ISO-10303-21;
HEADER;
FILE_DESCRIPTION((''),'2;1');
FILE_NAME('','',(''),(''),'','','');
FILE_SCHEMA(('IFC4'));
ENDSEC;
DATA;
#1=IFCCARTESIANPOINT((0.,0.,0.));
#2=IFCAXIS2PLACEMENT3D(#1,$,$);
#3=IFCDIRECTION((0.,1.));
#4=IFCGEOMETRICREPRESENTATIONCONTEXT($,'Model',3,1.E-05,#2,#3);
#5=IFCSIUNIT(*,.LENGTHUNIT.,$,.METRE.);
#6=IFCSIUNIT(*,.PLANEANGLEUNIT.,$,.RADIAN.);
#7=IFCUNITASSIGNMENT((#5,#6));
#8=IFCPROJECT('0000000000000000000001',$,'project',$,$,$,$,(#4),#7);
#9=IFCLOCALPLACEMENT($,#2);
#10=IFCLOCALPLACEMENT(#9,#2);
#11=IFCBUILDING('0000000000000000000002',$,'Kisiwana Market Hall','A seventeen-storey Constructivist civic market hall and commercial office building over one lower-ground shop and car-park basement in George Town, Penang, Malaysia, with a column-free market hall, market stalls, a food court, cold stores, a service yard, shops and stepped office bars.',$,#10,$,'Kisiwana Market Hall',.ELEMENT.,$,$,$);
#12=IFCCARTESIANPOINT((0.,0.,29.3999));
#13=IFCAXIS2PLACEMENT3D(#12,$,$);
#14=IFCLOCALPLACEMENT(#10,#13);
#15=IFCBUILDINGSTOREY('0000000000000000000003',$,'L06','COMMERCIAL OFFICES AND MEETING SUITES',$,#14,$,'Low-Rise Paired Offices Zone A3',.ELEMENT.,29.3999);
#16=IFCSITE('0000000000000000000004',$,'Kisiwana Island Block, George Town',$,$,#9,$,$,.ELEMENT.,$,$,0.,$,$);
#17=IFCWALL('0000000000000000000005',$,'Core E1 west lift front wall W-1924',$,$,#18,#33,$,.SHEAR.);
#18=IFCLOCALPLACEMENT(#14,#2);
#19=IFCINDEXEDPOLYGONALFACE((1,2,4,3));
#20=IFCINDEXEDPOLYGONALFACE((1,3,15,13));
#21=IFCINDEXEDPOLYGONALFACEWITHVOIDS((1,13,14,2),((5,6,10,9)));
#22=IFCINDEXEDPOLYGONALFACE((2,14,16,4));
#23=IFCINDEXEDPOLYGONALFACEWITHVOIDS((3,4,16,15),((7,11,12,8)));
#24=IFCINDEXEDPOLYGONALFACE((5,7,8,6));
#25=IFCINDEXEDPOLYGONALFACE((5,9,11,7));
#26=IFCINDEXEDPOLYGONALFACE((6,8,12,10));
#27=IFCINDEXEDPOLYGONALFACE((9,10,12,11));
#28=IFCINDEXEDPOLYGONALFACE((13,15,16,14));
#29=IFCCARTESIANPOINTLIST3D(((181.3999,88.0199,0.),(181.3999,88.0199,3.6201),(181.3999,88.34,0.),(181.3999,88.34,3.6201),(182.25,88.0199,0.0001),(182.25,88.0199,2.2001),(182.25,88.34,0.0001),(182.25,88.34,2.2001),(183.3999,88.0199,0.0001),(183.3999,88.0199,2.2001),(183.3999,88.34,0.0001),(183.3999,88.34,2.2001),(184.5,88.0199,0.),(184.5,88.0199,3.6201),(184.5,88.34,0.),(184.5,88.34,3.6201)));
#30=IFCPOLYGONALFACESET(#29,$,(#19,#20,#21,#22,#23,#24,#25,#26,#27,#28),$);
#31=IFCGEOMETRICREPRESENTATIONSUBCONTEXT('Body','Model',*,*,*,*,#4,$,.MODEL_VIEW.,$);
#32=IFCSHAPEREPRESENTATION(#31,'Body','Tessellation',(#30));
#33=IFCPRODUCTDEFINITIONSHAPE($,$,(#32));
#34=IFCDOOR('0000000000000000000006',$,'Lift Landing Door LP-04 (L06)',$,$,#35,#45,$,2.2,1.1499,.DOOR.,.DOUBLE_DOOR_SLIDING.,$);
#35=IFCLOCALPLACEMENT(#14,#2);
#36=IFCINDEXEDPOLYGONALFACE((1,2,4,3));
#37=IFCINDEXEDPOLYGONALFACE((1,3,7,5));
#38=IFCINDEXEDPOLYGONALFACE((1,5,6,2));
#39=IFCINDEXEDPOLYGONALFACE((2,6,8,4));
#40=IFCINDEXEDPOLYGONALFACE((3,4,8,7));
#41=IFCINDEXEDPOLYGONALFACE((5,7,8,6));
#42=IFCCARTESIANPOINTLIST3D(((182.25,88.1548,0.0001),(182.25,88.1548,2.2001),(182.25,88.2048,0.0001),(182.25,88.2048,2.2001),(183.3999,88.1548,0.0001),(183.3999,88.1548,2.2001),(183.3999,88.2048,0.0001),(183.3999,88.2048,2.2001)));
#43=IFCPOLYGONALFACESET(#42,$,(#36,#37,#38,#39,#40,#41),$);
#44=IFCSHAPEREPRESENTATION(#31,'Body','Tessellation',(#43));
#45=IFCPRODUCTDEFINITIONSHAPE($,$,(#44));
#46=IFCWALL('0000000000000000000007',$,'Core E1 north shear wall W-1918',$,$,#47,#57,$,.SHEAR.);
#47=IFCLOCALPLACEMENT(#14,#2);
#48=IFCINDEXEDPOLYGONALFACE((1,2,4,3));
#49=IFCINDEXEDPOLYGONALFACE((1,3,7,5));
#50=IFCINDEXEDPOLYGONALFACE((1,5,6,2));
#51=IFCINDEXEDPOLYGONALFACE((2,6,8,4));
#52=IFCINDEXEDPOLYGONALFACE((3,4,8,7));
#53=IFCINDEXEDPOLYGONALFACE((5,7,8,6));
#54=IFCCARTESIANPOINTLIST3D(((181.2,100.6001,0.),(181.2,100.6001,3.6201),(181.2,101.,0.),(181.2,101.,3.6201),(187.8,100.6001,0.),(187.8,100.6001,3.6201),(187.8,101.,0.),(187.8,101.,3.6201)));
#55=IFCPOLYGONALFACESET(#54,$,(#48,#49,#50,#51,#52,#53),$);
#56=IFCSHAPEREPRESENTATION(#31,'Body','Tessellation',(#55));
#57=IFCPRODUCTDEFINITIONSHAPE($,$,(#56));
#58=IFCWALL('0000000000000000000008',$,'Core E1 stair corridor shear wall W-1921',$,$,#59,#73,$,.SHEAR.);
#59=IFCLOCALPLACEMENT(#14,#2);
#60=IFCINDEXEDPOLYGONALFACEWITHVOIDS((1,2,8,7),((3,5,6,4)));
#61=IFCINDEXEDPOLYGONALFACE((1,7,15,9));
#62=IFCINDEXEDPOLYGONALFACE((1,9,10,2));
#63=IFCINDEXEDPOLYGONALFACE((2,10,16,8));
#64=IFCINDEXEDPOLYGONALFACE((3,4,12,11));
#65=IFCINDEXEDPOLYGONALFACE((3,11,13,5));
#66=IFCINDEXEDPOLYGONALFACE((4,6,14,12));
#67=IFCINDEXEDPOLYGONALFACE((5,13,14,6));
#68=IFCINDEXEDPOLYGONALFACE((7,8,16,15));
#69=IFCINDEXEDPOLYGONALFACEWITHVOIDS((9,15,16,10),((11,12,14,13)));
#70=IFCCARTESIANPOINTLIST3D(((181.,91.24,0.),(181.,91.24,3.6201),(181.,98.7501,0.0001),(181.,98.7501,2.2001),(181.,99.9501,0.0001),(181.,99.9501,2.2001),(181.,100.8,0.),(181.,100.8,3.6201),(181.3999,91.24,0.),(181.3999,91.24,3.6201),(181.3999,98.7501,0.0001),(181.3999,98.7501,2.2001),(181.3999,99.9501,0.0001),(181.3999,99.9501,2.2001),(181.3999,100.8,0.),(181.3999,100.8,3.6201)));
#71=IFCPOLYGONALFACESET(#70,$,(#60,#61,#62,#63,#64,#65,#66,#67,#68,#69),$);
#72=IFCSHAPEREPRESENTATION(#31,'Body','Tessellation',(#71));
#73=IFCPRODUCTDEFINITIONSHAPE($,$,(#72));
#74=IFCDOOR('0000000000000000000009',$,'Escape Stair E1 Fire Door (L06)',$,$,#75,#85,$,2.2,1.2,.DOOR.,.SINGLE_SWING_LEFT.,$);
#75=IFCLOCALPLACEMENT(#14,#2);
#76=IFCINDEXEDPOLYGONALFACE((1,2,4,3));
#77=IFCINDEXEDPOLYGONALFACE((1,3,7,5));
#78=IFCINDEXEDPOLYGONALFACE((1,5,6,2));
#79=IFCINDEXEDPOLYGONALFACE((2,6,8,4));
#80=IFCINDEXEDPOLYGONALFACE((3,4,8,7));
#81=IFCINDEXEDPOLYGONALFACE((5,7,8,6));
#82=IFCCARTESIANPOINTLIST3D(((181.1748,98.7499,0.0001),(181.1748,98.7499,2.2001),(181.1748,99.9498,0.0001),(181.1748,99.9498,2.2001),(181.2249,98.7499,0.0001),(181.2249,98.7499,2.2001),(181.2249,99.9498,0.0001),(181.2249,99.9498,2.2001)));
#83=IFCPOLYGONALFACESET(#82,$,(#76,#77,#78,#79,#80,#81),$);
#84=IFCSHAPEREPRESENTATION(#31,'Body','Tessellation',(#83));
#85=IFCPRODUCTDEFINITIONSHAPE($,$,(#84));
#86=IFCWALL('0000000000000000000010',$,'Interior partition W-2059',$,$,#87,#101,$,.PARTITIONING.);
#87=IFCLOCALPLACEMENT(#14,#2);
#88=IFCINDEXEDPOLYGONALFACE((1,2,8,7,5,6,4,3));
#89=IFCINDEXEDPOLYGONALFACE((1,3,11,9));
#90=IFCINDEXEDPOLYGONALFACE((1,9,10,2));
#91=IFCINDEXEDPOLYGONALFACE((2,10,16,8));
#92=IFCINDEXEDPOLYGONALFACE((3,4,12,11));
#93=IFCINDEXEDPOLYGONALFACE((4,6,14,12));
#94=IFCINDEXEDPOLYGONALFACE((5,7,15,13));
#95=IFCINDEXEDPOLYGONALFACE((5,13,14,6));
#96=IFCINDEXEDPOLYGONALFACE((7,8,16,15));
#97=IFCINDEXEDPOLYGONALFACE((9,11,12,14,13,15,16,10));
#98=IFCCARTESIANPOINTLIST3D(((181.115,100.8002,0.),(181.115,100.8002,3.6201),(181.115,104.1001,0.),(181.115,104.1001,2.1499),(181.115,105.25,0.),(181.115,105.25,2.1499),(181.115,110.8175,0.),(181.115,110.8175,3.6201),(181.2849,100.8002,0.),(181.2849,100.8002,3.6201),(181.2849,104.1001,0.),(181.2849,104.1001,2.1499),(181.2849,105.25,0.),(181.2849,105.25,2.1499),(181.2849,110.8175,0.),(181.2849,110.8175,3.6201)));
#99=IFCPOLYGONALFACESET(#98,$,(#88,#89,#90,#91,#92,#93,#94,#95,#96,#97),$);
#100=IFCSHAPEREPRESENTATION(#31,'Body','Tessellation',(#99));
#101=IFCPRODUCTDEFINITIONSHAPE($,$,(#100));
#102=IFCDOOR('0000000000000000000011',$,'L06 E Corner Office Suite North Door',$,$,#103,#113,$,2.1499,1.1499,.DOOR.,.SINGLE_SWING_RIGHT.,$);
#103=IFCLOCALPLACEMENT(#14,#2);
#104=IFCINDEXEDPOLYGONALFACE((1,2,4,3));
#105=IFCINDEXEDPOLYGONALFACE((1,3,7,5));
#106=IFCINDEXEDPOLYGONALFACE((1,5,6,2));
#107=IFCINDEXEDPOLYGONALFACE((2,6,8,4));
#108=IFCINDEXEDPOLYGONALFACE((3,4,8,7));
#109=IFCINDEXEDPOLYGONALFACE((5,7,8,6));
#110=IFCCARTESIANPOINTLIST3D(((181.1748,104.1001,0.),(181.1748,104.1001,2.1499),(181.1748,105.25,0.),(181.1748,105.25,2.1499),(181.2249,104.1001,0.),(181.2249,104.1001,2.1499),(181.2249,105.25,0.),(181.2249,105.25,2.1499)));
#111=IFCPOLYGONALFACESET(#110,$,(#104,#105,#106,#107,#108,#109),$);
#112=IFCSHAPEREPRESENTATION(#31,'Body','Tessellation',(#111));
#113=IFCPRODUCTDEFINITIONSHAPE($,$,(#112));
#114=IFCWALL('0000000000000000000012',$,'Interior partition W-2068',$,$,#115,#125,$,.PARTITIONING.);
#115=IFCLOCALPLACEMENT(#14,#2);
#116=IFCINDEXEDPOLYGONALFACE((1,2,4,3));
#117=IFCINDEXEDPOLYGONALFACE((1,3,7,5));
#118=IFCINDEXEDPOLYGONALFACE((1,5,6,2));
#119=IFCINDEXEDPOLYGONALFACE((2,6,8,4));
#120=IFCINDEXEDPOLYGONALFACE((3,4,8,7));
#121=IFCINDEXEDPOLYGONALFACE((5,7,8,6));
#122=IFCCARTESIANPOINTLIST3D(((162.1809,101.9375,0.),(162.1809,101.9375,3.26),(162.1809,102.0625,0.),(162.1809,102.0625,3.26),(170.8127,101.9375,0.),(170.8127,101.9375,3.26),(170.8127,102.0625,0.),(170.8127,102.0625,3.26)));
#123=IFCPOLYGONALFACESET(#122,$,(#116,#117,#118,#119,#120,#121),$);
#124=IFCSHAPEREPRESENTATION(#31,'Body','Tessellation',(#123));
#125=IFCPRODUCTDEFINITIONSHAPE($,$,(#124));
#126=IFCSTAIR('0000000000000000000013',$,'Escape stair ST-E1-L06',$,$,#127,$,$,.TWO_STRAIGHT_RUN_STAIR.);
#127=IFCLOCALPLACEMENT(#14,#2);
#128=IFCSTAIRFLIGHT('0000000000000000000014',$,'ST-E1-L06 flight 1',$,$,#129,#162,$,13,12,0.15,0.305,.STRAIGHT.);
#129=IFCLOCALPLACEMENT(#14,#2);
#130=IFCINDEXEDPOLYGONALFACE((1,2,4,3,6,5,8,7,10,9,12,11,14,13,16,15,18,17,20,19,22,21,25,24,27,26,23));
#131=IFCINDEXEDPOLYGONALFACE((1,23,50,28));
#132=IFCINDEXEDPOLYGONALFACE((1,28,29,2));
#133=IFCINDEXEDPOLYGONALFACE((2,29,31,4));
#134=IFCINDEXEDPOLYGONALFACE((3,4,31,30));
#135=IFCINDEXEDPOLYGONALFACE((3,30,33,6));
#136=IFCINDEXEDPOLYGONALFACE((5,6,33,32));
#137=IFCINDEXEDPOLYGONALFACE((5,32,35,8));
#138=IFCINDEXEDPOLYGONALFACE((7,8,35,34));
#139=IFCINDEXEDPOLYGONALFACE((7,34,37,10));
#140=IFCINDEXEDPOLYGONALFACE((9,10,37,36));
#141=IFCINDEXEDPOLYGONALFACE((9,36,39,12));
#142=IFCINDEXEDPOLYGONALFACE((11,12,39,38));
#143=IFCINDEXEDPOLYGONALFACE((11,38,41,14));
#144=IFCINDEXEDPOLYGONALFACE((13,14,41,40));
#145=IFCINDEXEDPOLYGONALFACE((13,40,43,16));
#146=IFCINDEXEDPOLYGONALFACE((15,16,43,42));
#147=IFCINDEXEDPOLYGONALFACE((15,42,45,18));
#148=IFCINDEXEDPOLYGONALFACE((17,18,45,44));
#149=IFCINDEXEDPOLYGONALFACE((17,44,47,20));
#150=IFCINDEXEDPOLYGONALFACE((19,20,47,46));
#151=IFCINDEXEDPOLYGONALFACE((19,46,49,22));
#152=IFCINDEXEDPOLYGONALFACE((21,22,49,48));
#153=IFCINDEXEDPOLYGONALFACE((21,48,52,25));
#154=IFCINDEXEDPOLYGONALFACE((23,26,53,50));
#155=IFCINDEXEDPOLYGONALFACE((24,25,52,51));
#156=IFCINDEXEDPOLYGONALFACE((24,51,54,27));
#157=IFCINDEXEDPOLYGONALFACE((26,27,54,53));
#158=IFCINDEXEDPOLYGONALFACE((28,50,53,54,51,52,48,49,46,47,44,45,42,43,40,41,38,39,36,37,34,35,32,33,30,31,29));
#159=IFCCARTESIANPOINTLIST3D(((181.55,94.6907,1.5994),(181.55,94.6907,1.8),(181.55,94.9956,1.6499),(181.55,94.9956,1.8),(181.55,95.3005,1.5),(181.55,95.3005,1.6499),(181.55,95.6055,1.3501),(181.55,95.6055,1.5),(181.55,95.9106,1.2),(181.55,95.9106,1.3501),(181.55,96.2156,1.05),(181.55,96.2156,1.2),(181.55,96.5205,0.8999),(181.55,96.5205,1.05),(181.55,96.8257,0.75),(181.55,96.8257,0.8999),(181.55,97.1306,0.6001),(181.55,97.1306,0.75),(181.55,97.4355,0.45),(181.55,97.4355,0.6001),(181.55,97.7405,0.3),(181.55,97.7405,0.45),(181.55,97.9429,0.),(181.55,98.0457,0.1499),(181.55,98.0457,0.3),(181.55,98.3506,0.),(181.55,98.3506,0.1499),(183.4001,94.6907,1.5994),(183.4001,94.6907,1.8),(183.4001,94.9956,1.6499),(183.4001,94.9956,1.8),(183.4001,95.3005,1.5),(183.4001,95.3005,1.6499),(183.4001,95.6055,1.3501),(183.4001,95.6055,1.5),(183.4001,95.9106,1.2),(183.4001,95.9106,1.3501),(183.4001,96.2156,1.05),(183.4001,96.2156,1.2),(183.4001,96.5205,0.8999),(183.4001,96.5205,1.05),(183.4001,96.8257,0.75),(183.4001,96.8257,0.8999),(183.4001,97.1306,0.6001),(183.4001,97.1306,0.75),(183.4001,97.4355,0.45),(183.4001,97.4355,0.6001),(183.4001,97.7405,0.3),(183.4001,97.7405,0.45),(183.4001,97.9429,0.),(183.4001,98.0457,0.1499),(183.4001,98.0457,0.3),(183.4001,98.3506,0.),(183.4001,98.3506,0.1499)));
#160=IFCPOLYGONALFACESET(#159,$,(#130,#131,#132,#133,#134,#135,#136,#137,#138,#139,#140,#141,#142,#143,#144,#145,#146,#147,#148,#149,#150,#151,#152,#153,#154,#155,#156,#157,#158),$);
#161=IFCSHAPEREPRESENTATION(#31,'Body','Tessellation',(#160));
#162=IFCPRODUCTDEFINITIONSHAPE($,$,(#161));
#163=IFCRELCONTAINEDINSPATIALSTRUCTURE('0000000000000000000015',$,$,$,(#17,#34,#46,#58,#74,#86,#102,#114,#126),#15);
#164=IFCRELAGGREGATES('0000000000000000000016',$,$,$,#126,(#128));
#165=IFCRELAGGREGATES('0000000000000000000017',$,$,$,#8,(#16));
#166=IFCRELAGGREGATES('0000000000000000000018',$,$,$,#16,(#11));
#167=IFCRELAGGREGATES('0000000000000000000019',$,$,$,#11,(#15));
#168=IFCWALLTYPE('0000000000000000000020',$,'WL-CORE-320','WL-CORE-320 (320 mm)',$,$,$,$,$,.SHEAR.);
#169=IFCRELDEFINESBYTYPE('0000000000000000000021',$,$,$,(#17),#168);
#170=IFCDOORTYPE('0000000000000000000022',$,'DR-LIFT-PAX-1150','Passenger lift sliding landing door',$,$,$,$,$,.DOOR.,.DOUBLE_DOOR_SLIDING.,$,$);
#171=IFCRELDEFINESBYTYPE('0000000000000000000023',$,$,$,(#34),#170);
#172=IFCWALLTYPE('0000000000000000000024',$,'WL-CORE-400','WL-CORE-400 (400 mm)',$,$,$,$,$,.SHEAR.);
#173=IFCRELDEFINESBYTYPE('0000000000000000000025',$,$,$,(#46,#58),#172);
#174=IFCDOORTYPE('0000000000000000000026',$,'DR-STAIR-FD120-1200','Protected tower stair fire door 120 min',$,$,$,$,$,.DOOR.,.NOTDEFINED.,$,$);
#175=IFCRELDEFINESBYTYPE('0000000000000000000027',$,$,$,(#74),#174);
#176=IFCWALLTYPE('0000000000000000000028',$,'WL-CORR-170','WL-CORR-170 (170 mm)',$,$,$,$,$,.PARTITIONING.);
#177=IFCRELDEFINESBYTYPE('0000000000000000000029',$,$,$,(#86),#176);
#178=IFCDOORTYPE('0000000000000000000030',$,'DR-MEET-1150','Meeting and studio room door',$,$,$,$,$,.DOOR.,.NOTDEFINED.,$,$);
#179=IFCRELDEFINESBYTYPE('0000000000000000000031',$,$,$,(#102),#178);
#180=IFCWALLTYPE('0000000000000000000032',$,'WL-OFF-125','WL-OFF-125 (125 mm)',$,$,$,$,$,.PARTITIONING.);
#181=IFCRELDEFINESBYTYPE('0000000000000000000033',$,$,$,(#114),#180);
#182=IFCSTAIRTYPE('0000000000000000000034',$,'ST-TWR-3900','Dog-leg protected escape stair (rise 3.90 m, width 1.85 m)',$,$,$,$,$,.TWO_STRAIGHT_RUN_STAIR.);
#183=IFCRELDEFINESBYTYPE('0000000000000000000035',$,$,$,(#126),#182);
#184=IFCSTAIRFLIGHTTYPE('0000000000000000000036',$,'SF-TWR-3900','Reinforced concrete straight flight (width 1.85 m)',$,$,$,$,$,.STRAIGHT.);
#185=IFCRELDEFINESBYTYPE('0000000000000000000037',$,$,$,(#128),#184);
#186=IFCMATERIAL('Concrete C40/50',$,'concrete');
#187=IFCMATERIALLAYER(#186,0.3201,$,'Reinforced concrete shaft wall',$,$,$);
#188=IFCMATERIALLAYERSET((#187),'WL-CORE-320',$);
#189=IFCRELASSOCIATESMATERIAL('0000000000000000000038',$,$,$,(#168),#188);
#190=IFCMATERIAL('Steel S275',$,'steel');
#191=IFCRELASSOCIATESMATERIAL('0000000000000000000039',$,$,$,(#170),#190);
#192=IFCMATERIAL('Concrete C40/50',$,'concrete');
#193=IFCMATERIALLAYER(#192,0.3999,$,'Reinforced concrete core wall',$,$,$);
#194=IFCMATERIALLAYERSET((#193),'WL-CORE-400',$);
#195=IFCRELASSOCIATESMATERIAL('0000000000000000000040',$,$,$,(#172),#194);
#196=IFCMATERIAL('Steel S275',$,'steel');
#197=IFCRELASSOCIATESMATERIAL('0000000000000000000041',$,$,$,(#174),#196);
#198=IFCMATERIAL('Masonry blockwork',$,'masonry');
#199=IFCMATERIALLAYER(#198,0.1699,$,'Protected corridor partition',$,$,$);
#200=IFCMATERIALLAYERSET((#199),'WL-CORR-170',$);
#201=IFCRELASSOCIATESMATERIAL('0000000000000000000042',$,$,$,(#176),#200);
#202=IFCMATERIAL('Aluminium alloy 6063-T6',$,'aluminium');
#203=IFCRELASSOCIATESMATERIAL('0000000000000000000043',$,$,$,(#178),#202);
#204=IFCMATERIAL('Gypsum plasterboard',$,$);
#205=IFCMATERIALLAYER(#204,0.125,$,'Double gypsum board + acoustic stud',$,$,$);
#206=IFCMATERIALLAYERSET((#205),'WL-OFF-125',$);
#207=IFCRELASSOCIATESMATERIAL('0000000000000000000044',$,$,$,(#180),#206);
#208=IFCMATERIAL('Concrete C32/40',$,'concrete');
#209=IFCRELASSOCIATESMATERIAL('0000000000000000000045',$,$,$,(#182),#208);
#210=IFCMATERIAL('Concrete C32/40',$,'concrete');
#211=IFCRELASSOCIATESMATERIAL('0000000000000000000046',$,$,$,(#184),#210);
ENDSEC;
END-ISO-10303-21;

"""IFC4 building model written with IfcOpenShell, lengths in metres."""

from ifc_helpers import new_model, si_unit, direction, frame, frame_2d, origin, place, context, subcontext, project, spatial, polyline, rectangle, outline, extrude, material, layer, layer_set, type_object, element, fill, aggregate, save


model = new_model("IFC4")

# Units and contexts
model_context = context("Model", 3, precision=1e-05, world=origin(), true_north=direction((0.0, 1.0)))
body_context = subcontext(model_context, "Body", "Model", "MODEL_VIEW")
ifc_project = project(units=[si_unit("LENGTHUNIT", "METRE"), si_unit("PLANEANGLEUNIT", "RADIAN")], contexts=[model_context])

# Site, building, storey
site_placement = place(None, origin())
site = spatial("IfcSite", under=ifc_project, at=site_placement, Name="Kisiwana Island Block, George Town", CompositionType="ELEMENT", RefElevation=0.0)
building_placement = place(site_placement, origin())
building = spatial("IfcBuilding", under=site, at=building_placement, Name="Kisiwana Market Hall", Description="A seventeen-storey Constructivist civic market hall and commercial office building over one lower-ground shop and car-park basement in George Town, Penang, Malaysia, with a column-free market hall, market stalls, a food court, cold stores, a service yard, shops and stepped office bars.", LongName="Kisiwana Market Hall", CompositionType="ELEMENT")
storey_placement = place(building_placement, frame((0.0, 0.0, 29.3999)))
storey = spatial("IfcBuildingStorey", under=building, at=storey_placement, Name="L06", Description="COMMERCIAL OFFICES AND MEETING SUITES", LongName="Low-Rise Paired Offices Zone A3", CompositionType="ELEMENT", Elevation=29.3999)

# Shared definitions
ifc_material_1 = material(Name="Concrete C40/50", Category="concrete")
ifc_layer_1 = layer(ifc_material_1, 0.3201, Name="Reinforced concrete shaft wall")
ifc_layer_set_1 = layer_set([ifc_layer_1], Name="WL-CORE-320")
wall_type_1 = type_object("IfcWallType", Name="WL-CORE-320", Description="WL-CORE-320 (320 mm)", PredefinedType="SHEAR", material=ifc_layer_set_1)

# Wall, opening, door
wall_1_placement = place(storey_placement, frame((181.3999, 88.1799, 0.0), z_axis=(0.0, 0.0, 1.0), x_axis=(1.0, 0.0, 0.0)))
wall_1 = element("IfcWall", 1, at=wall_1_placement, inside=storey, type_object=wall_type_1, Name="Core E1 west lift front wall W-1924", PredefinedType="SHEAR", context=body_context, shape_type="SweptSolid", body=[
    extrude(rectangle(XDim=3.1001, YDim=0.3201, at=frame_2d((1.55, 0.0))), origin(), (0.0, 0.0, 1.0), 3.6201),
])
opening_1_placement = place(wall_1_placement, frame((0.8501, 0.0, 0.0)))
opening_1 = element("IfcOpeningElement", 2, at=opening_1_placement, cuts=wall_1, PredefinedType="OPENING", context=body_context, shape_type="SweptSolid", body=[
    extrude(rectangle(XDim=1.1499, YDim=2.2, at=frame_2d((0.575, 1.1001))), frame((0.0, 0.1719, 0.0), z_axis=(0.0, -1.0, 0.0), x_axis=(1.0, 0.0, 0.0)), (0.0, 0.0, 1.0), 0.344),
])
ifc_material_2 = material(Name="Steel S275", Category="steel")
door_type_1 = type_object("IfcDoorType", Name="DR-LIFT-PAX-1150", Description="Passenger lift sliding landing door", OperationType="DOUBLE_DOOR_SLIDING", PredefinedType="DOOR", material=ifc_material_2)
door_1_placement = place(opening_1_placement, origin())
door_1 = element("IfcDoor", 3, at=door_1_placement, inside=storey, type_object=door_type_1, Name="Lift Landing Door LP-04 (L06)", OperationType="DOUBLE_DOOR_SLIDING", OverallHeight=2.2, OverallWidth=1.1499, PredefinedType="DOOR", context=body_context, shape_type="SweptSolid", body=[
    extrude(rectangle(XDim=1.1499, YDim=2.2, at=frame_2d((0.575, 1.1001))), frame((0.0, 0.0249, 0.0), z_axis=(0.0, -1.0, 0.0), x_axis=(1.0, 0.0, 0.0)), (0.0, 0.0, 1.0), 0.05),
])
fill(opening_1, door_1)

# Wall
ifc_material_3 = material(Name="Concrete C40/50", Category="concrete")
ifc_layer_2 = layer(ifc_material_3, 0.3999, Name="Reinforced concrete core wall")
ifc_layer_set_2 = layer_set([ifc_layer_2], Name="WL-CORE-400")
wall_type_2 = type_object("IfcWallType", Name="WL-CORE-400", Description="WL-CORE-400 (400 mm)", PredefinedType="SHEAR", material=ifc_layer_set_2)
wall_2_placement = place(storey_placement, frame((181.2, 100.8, 0.0), z_axis=(0.0, 0.0, 1.0), x_axis=(1.0, 0.0, 0.0)))
element("IfcWall", 4, at=wall_2_placement, inside=storey, type_object=wall_type_2, Name="Core E1 north shear wall W-1918", PredefinedType="SHEAR", context=body_context, shape_type="SweptSolid", body=[
    extrude(rectangle(XDim=6.6001, YDim=0.3999, at=frame_2d((3.3, 0.0))), origin(), (0.0, 0.0, 1.0), 3.6201),
])

# Walls, openings, doors
wall_3_placement = place(storey_placement, frame((181.2, 91.24, 0.0), z_axis=(0.0, 0.0, 1.0), x_axis=(0.0, 1.0, 0.0)))
wall_3 = element("IfcWall", 5, at=wall_3_placement, inside=storey, type_object=wall_type_2, Name="Core E1 stair corridor shear wall W-1921", PredefinedType="SHEAR", context=body_context, shape_type="SweptSolid", body=[
    extrude(rectangle(XDim=9.5601, YDim=0.3999, at=frame_2d((4.78, 0.0))), origin(), (0.0, 0.0, 1.0), 3.6201),
])
opening_2_placement = place(wall_3_placement, frame((7.51, 0.0, 0.0)))
opening_2 = element("IfcOpeningElement", 6, at=opening_2_placement, cuts=wall_3, PredefinedType="OPENING", context=body_context, shape_type="SweptSolid", body=[
    extrude(rectangle(XDim=1.2, YDim=2.2, at=frame_2d((0.6001, 1.1001))), frame((0.0, 0.2119, 0.0), z_axis=(0.0, -1.0, 0.0), x_axis=(1.0, 0.0, 0.0)), (0.0, 0.0, 1.0), 0.4238),
])
ifc_material_4 = material(Name="Steel S275", Category="steel")
door_type_2 = type_object("IfcDoorType", Name="DR-STAIR-FD120-1200", Description="Protected tower stair fire door 120 min", OperationType="NOTDEFINED", PredefinedType="DOOR", material=ifc_material_4)
door_2_placement = place(opening_2_placement, frame((1.2, 0.0, 0.0), z_axis=(0.0, 0.0, 1.0), x_axis=(-1.0, 0.0, 0.0)))
door_2 = element("IfcDoor", 7, at=door_2_placement, inside=storey, type_object=door_type_2, Name="Escape Stair E1 Fire Door (L06)", OperationType="SINGLE_SWING_LEFT", OverallHeight=2.2, OverallWidth=1.2, PredefinedType="DOOR", context=body_context, shape_type="SweptSolid", body=[
    extrude(rectangle(XDim=1.2, YDim=2.2, at=frame_2d((0.6001, 1.1001))), frame((0.0, 0.0249, 0.0), z_axis=(0.0, -1.0, 0.0), x_axis=(1.0, 0.0, 0.0)), (0.0, 0.0, 1.0), 0.05),
])
fill(opening_2, door_2)
ifc_material_5 = material(Name="Masonry blockwork", Category="masonry")
ifc_layer_3 = layer(ifc_material_5, 0.1699, Name="Protected corridor partition")
ifc_layer_set_3 = layer_set([ifc_layer_3], Name="WL-CORR-170")
wall_type_3 = type_object("IfcWallType", Name="WL-CORR-170", Description="WL-CORR-170 (170 mm)", PredefinedType="PARTITIONING", material=ifc_layer_set_3)
wall_4_placement = place(storey_placement, frame((181.2, 100.8, 0.0), z_axis=(0.0, 0.0, 1.0), x_axis=(0.0, 1.0, 0.0)))
wall_4 = element("IfcWall", 8, at=wall_4_placement, inside=storey, type_object=wall_type_3, Name="Interior partition W-2059", PredefinedType="PARTITIONING", context=body_context, shape_type="SweptSolid", body=[
    extrude(rectangle(XDim=10.0173, YDim=0.1699, at=frame_2d((5.0088, 0.0))), origin(), (0.0, 0.0, 1.0), 3.6201),
])
opening_3_placement = place(wall_4_placement, frame((3.3, 0.0, 0.0)))
opening_3 = element("IfcOpeningElement", 9, at=opening_3_placement, cuts=wall_4, PredefinedType="OPENING", context=body_context, shape_type="SweptSolid", body=[
    extrude(rectangle(XDim=1.1499, YDim=2.1499, at=frame_2d((0.575, 1.075))), frame((0.0, 0.0969, 0.0), z_axis=(0.0, -1.0, 0.0), x_axis=(1.0, 0.0, 0.0)), (0.0, 0.0, 1.0), 0.1938),
])
ifc_material_6 = material(Name="Aluminium alloy 6063-T6", Category="aluminium")
door_type_3 = type_object("IfcDoorType", Name="DR-MEET-1150", Description="Meeting and studio room door", OperationType="NOTDEFINED", PredefinedType="DOOR", material=ifc_material_6)
door_3_placement = place(opening_3_placement, frame((1.1499, 0.0, 0.0), z_axis=(0.0, 0.0, 1.0), x_axis=(-1.0, 0.0, 0.0)))
door_3 = element("IfcDoor", 10, at=door_3_placement, inside=storey, type_object=door_type_3, Name="L06 E Corner Office Suite North Door", OperationType="SINGLE_SWING_RIGHT", OverallHeight=2.1499, OverallWidth=1.1499, PredefinedType="DOOR", context=body_context, shape_type="SweptSolid", body=[
    extrude(rectangle(XDim=1.1499, YDim=2.1499, at=frame_2d((0.575, 1.075))), frame((0.0, 0.0249, 0.0), z_axis=(0.0, -1.0, 0.0), x_axis=(1.0, 0.0, 0.0)), (0.0, 0.0, 1.0), 0.05),
])
fill(opening_3, door_3)

# Wall
ifc_material_7 = material(Name="Gypsum plasterboard")
ifc_layer_4 = layer(ifc_material_7, 0.125, Name="Double gypsum board + acoustic stud")
ifc_layer_set_4 = layer_set([ifc_layer_4], Name="WL-OFF-125")
wall_type_4 = type_object("IfcWallType", Name="WL-OFF-125", Description="WL-OFF-125 (125 mm)", PredefinedType="PARTITIONING", material=ifc_layer_set_4)
wall_5_placement = place(storey_placement, frame((162.1809, 102.0, 0.0), z_axis=(0.0, 0.0, 1.0), x_axis=(1.0, 0.0, 0.0)))
element("IfcWall", 11, at=wall_5_placement, inside=storey, type_object=wall_type_4, Name="Interior partition W-2068", PredefinedType="PARTITIONING", context=body_context, shape_type="SweptSolid", body=[
    extrude(rectangle(XDim=8.6318, YDim=0.125, at=frame_2d((4.3159, 0.0))), origin(), (0.0, 0.0, 1.0), 3.26),
])

# Stair, stair flight
ifc_material_8 = material(Name="Concrete C32/40", Category="concrete")
stair_type = type_object("IfcStairType", Name="ST-TWR-3900", Description="Dog-leg protected escape stair (rise 3.90 m, width 1.85 m)", PredefinedType="TWO_STRAIGHT_RUN_STAIR", material=ifc_material_8)
stair_placement = place(storey_placement, origin())
stair = element("IfcStair", 12, at=stair_placement, inside=storey, type_object=stair_type, Name="Escape stair ST-E1-L06", PredefinedType="TWO_STRAIGHT_RUN_STAIR")
ifc_material_9 = material(Name="Concrete C32/40", Category="concrete")
stair_flight_type = type_object("IfcStairFlightType", Name="SF-TWR-3900", Description="Reinforced concrete straight flight (width 1.85 m)", PredefinedType="STRAIGHT", material=ifc_material_9)
stair_flight_placement = place(storey_placement, frame((182.4751, 98.3506, 0.0), z_axis=(0.0, 0.0, 1.0), x_axis=(0.0, -1.0, 0.0)))
stair_flight = element("IfcStairFlight", 13, at=stair_flight_placement, type_object=stair_flight_type, Name="ST-E1-L06 flight 1", NumberOfRisers=13, NumberOfTreads=12, PredefinedType="STRAIGHT", RiserHeight=0.15, TreadLength=0.305, context=body_context, shape_type="SweptSolid", body=[
    extrude(outline(polyline([(0.0, 0.0), (0.0, 0.1499), (0.3049, 0.1499), (0.3049, 0.3), (0.6101, 0.3), (0.6101, 0.45), (0.915, 0.45), (0.915, 0.6001), (1.22, 0.6001), (1.22, 0.75), (1.5249, 0.75), (1.5249, 0.8999), (1.8301, 0.8999), (1.8301, 1.05), (2.135, 1.05), (2.135, 1.2), (2.4399, 1.2), (2.4399, 1.3501), (2.7451, 1.3501), (2.7451, 1.5), (3.05, 1.5), (3.05, 1.6499), (3.355, 1.6499), (3.355, 1.8), (3.6599, 1.8), (3.6599, 1.95), (3.6599, 1.5994), (0.4077, 0.0), (0.0, 0.0)])), frame((0.0, 0.925, 0.0), z_axis=(0.0, -1.0, 0.0), x_axis=(1.0, 0.0, 0.0)), (0.0, 0.0, 1.0), 1.8501),
])
aggregate(stair, [stair_flight])

save(model, "model.ifc")
